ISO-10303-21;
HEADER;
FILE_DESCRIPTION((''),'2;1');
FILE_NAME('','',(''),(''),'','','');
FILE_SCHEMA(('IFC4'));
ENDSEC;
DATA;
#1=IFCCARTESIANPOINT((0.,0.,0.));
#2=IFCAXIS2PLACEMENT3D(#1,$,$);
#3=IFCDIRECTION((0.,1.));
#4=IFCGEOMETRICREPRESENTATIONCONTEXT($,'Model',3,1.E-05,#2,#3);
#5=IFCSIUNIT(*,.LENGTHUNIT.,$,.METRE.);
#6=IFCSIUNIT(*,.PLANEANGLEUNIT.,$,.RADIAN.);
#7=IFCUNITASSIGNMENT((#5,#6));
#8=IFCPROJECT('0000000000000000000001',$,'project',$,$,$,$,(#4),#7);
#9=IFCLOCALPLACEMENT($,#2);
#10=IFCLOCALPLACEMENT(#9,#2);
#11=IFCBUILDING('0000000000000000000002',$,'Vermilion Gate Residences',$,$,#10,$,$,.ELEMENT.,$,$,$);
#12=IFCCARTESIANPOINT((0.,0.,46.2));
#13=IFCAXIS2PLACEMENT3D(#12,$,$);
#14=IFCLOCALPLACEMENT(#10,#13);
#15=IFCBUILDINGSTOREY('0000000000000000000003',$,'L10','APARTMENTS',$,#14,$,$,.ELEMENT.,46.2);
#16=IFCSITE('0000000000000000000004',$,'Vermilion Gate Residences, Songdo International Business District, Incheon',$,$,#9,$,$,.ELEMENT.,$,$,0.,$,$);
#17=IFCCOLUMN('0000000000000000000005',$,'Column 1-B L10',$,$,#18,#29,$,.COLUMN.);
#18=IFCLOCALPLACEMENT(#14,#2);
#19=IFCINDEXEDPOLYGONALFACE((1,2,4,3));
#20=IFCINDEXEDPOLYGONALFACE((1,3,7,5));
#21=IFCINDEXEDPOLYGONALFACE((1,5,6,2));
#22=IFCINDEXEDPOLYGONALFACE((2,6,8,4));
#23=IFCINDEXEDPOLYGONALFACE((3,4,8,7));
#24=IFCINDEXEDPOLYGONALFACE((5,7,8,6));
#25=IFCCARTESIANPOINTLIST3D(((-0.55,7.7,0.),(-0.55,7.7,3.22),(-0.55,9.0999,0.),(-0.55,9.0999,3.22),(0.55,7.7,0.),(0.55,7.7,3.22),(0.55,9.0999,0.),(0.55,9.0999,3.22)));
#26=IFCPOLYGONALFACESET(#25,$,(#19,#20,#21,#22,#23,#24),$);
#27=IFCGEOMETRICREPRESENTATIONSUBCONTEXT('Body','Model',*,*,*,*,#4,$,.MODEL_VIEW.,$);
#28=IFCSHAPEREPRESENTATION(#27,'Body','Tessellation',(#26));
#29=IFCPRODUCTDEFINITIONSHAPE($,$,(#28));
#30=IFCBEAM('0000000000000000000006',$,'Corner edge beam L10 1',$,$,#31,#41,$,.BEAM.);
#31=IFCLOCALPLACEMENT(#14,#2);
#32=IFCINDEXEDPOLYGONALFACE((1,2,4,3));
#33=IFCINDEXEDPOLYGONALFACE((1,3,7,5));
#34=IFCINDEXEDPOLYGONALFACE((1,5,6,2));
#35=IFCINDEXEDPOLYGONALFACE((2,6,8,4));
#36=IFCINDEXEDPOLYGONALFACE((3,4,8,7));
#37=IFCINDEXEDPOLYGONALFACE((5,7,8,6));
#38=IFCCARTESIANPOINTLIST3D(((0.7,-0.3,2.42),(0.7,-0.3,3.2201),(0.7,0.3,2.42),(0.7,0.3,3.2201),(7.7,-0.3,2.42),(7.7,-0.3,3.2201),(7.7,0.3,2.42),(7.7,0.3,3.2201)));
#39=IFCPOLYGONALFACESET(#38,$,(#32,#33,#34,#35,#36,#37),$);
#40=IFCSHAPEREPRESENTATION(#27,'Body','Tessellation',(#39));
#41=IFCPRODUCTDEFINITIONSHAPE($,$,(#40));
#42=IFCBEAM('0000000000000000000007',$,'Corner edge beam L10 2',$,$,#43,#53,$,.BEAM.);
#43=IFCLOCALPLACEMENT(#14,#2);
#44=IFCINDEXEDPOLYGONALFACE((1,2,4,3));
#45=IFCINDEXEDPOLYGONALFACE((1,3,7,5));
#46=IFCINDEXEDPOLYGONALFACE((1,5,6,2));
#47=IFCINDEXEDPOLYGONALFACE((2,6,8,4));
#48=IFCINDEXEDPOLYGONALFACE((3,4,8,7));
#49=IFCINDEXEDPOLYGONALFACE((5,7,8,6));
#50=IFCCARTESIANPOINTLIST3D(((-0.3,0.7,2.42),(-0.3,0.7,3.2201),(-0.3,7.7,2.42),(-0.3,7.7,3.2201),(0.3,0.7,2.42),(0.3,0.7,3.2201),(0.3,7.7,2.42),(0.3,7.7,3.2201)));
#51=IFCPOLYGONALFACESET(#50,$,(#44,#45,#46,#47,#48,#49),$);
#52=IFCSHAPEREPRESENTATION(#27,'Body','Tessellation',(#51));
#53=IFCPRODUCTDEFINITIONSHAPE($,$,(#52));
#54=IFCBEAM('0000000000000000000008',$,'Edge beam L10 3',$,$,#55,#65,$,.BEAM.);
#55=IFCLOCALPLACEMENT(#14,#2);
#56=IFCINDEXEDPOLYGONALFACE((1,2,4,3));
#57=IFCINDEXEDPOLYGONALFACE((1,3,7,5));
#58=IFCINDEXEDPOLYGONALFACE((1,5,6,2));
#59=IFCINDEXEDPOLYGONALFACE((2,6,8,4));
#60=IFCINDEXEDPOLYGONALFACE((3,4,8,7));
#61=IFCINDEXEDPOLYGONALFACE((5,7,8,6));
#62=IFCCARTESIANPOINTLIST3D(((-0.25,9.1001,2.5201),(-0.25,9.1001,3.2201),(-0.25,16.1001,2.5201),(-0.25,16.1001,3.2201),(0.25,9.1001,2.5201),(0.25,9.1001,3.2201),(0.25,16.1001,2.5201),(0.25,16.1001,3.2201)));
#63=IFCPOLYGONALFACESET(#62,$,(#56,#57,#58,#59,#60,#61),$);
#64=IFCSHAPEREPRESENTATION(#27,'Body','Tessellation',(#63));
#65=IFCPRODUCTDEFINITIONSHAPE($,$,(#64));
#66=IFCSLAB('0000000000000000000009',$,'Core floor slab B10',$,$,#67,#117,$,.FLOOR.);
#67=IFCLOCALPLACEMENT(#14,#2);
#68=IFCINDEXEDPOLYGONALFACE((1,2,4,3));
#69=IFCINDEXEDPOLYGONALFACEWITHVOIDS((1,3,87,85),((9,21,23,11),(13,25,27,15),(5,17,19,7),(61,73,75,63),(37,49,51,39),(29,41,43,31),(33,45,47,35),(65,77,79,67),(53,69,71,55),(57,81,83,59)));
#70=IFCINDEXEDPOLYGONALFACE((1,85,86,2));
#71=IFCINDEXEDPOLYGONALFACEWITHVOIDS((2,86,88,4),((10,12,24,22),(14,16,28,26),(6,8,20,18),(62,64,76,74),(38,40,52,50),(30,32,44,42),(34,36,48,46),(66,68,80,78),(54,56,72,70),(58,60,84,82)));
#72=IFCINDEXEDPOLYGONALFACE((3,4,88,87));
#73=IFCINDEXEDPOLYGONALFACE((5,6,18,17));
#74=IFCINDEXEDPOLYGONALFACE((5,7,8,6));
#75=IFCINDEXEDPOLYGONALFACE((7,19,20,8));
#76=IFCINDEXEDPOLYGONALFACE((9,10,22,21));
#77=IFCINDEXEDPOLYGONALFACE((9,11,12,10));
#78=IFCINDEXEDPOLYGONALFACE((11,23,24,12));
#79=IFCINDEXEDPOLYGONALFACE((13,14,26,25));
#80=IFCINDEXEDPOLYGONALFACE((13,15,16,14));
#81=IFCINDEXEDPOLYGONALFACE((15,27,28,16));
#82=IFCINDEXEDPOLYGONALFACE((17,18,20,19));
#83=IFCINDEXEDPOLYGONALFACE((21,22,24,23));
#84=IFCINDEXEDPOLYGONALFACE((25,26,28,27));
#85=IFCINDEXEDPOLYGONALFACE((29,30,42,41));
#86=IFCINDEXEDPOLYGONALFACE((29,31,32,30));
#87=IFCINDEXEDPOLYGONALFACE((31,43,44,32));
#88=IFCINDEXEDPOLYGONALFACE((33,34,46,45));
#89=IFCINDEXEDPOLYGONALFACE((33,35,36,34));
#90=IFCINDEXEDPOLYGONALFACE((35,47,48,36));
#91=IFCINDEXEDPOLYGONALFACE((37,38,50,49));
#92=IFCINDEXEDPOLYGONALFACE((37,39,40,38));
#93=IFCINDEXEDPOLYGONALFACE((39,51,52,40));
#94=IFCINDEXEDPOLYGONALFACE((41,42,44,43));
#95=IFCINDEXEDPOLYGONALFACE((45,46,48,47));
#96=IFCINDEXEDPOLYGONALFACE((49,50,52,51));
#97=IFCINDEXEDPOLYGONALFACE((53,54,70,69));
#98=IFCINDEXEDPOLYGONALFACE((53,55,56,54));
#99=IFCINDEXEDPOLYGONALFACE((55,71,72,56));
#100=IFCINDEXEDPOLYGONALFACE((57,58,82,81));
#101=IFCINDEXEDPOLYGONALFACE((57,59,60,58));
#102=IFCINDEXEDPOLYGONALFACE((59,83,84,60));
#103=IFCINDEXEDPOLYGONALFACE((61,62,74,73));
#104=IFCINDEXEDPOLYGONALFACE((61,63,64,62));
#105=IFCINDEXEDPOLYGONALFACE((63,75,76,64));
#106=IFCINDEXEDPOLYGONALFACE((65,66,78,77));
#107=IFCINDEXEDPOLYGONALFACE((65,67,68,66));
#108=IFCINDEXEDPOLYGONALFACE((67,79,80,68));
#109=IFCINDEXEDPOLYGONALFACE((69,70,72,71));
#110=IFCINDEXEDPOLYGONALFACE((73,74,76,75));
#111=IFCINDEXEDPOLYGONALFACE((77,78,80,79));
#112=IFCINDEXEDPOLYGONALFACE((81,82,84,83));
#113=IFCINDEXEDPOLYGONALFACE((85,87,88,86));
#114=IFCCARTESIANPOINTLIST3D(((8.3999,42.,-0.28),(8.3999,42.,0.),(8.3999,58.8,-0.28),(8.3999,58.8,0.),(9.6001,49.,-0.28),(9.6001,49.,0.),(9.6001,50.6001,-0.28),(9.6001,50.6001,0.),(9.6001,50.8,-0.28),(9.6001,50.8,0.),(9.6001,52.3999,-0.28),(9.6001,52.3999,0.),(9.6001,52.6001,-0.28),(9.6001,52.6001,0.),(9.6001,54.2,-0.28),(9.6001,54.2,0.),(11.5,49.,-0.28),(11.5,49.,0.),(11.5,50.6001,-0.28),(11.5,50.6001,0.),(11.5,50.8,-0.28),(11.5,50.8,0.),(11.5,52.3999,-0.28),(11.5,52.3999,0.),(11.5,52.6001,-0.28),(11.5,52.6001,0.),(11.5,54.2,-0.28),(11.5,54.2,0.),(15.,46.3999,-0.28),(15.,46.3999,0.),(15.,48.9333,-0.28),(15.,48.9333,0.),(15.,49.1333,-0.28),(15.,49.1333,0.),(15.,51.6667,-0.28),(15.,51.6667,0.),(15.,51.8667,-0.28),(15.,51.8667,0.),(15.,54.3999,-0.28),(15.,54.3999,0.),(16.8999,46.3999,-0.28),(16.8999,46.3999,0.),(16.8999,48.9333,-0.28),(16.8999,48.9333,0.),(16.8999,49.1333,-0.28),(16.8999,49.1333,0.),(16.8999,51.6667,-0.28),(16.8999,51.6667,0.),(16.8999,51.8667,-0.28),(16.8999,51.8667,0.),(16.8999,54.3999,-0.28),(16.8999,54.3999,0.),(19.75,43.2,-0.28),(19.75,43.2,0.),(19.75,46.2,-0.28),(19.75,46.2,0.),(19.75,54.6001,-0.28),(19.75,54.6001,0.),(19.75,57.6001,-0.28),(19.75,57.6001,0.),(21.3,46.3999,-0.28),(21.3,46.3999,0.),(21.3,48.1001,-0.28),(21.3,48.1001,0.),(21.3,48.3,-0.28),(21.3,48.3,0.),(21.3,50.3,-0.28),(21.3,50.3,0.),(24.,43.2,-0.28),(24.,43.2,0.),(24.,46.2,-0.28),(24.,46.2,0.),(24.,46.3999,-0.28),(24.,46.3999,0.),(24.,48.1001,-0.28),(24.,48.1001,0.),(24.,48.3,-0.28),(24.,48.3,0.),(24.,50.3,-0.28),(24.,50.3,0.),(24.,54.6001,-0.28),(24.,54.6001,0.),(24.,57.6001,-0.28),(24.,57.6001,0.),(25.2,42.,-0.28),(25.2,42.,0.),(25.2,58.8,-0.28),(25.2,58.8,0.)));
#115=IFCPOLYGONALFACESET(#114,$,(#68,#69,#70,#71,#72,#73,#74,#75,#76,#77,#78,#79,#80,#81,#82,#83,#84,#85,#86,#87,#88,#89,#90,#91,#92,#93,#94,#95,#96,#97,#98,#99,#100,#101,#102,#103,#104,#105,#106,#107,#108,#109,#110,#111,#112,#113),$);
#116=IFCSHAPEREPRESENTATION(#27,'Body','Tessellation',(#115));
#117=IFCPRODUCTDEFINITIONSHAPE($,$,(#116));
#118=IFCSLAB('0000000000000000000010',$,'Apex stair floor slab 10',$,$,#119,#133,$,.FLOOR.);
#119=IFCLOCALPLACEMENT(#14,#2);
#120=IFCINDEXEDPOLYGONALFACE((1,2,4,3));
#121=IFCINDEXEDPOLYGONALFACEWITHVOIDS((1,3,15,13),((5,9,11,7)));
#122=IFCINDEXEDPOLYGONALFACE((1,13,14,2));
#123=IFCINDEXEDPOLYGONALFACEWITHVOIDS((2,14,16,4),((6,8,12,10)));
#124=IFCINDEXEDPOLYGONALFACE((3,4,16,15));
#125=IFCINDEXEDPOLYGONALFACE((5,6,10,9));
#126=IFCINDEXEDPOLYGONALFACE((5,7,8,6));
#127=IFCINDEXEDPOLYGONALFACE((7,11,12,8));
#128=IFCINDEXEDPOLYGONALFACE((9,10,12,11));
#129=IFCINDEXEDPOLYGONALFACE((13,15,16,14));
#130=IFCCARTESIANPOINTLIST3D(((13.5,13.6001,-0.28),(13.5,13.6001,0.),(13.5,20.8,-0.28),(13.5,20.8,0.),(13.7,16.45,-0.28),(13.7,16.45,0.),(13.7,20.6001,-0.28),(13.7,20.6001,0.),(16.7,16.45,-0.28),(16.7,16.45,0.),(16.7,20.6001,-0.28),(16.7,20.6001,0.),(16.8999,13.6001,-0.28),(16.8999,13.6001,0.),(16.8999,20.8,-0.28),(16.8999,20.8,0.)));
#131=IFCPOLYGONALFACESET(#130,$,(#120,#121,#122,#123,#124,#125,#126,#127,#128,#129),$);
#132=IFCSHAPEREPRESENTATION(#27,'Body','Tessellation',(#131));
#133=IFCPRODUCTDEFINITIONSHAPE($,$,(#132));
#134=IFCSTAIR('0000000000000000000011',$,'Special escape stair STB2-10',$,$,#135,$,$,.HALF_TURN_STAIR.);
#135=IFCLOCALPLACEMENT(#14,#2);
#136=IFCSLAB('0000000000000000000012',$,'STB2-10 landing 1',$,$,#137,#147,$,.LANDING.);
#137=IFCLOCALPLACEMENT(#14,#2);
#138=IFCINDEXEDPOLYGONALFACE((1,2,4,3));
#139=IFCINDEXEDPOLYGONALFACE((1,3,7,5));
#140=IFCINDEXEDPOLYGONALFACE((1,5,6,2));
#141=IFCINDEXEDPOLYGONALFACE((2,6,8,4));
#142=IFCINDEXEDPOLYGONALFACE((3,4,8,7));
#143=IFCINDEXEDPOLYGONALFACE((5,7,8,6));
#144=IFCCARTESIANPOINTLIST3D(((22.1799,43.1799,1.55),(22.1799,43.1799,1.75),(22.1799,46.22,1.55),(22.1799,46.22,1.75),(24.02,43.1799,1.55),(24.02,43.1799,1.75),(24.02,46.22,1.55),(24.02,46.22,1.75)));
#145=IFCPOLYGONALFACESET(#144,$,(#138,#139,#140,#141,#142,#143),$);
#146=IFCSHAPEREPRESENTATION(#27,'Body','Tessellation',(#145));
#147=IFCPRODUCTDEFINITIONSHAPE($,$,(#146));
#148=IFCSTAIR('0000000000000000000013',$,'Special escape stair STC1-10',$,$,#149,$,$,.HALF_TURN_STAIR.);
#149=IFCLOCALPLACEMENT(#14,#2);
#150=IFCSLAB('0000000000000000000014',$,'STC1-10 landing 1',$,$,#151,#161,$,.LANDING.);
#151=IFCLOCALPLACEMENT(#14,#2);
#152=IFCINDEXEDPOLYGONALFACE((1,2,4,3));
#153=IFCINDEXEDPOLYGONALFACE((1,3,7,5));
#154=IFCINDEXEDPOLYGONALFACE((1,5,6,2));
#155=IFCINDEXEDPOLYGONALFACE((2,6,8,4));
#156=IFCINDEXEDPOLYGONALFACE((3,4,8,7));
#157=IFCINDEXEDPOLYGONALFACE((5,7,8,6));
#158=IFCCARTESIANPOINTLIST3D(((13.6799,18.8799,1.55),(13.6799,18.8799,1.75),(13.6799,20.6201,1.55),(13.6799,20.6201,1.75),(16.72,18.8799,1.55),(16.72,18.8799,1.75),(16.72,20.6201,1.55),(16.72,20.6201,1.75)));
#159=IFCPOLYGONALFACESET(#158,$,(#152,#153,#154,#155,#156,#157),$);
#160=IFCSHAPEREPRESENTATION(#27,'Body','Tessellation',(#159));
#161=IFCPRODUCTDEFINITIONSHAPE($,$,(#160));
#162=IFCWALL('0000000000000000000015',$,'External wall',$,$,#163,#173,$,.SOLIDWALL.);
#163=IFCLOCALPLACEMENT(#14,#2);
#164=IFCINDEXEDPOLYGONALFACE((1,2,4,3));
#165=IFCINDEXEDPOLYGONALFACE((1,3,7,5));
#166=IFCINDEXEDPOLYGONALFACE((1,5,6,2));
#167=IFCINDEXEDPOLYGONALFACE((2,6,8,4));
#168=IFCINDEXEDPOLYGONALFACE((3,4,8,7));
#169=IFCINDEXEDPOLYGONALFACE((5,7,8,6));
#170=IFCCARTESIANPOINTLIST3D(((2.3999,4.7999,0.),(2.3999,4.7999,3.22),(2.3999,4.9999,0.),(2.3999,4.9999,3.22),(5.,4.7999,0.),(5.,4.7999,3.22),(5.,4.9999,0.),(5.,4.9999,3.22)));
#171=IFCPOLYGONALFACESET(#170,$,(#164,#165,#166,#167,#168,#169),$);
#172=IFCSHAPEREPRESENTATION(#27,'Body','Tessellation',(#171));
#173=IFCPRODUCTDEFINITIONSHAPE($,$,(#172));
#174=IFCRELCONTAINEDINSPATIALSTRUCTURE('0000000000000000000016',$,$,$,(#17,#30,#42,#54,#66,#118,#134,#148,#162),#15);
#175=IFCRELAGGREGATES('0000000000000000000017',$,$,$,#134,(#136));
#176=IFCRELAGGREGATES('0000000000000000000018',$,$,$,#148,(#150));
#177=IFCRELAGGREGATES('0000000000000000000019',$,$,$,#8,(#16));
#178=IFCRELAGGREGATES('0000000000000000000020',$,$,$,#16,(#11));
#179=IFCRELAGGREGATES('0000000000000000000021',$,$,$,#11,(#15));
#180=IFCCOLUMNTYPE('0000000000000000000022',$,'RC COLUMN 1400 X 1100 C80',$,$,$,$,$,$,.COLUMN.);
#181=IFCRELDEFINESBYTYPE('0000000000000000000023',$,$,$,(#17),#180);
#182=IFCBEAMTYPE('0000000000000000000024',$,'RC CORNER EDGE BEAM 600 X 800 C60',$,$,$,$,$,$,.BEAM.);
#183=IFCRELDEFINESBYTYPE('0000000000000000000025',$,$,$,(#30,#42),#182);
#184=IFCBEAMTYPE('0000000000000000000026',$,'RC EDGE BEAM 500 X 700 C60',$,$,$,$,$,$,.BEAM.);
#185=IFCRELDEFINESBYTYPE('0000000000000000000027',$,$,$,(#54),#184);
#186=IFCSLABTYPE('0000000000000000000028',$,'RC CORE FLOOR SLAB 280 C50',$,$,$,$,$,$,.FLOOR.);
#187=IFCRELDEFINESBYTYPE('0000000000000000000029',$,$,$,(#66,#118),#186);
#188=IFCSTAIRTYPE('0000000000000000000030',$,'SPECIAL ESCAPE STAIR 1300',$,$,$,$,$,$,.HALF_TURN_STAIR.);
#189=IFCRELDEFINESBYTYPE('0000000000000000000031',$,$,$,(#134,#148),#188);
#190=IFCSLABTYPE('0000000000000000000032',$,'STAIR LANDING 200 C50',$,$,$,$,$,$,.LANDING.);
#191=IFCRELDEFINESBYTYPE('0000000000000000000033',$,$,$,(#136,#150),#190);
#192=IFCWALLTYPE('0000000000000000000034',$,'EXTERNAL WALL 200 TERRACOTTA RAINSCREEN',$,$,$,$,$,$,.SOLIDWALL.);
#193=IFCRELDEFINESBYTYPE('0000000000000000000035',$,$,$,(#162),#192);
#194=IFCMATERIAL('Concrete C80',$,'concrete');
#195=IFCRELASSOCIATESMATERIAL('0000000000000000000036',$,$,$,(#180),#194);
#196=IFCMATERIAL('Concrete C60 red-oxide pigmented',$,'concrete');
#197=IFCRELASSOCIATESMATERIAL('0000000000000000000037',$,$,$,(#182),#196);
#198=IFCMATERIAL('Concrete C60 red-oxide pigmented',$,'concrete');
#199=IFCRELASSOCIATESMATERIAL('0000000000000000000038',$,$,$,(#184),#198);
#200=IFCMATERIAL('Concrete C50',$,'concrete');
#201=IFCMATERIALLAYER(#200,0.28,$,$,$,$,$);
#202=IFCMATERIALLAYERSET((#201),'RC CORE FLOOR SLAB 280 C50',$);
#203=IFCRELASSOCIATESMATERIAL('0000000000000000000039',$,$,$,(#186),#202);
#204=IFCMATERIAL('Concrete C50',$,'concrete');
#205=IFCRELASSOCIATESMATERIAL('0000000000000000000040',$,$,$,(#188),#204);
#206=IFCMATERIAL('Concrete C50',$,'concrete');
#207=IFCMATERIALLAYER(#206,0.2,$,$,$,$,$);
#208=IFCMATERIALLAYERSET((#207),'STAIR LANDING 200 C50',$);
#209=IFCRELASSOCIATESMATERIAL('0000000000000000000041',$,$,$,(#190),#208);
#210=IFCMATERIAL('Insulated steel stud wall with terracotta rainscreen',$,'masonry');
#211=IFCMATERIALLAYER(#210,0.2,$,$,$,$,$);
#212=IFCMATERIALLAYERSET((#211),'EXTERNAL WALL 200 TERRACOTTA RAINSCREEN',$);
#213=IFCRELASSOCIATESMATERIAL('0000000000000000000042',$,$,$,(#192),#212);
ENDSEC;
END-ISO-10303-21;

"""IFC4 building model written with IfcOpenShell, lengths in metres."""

from ifc_helpers import new_model, si_unit, direction, frame, frame_2d, origin, origin_2d, place, context, subcontext, project, spatial, polyline, rectangle, outline, extrude, material, layer, layer_set, material_profile, profile_set, type_object, element, aggregate, save


model = new_model("IFC4")

# Units and contexts
model_context = context("Model", 3, precision=1e-05, world=origin(), true_north=direction((0.0, 1.0)))
body_context = subcontext(model_context, "Body", "Model", "MODEL_VIEW")
ifc_project = project(units=[si_unit("LENGTHUNIT", "METRE"), si_unit("PLANEANGLEUNIT", "RADIAN")], contexts=[model_context])

# Site, building, storey
site_placement = place(None, origin())
site = spatial("IfcSite", under=ifc_project, at=site_placement, Name="Vermilion Gate Residences, Songdo International Business District, Incheon", CompositionType="ELEMENT", RefElevation=0.0)
building_placement = place(site_placement, origin())
building = spatial("IfcBuilding", under=site, at=building_placement, Name="Vermilion Gate Residences", CompositionType="ELEMENT")
storey_placement = place(building_placement, frame((0.0, 0.0, 46.2)))
storey = spatial("IfcBuildingStorey", under=building, at=storey_placement, Name="L10", Description="APARTMENTS", CompositionType="ELEMENT", Elevation=46.2)

# Column
ifc_material_1 = material(Name="Concrete C80", Category="concrete")
ifc_material_profile_1 = material_profile(ifc_material_1, rectangle(XDim=1.3999, YDim=1.1001, at=origin_2d()), Name="RC-1400x1100")
ifc_profile_set_1 = profile_set([ifc_material_profile_1], Name="Concrete C80")
column_type = type_object("IfcColumnType", Name="RC COLUMN 1400 X 1100 C80", PredefinedType="COLUMN", material=ifc_profile_set_1)
column_placement = place(storey_placement, frame((0.0, 8.3999, 0.0), z_axis=(0.0, 0.0, 1.0), x_axis=(0.0, 1.0, 0.0)))
element("IfcColumn", 1, at=column_placement, inside=storey, type_object=column_type, Name="Column 1-B L10", PredefinedType="COLUMN", context=body_context, shape_type="SweptSolid", body=[
    extrude(rectangle(XDim=1.3999, YDim=1.1001, at=origin_2d()), origin(), (0.0, 0.0, 1.0), 3.22),
])

# Beams
ifc_material_2 = material(Name="Concrete C60 red-oxide pigmented", Category="concrete")
ifc_material_profile_2 = material_profile(ifc_material_2, rectangle(XDim=0.6001, YDim=0.8, at=origin_2d()), Name="RC-600x800")
ifc_profile_set_2 = profile_set([ifc_material_profile_2], Name="Concrete C60 red-oxide pigmented")
beam_type_1 = type_object("IfcBeamType", Name="RC CORNER EDGE BEAM 600 X 800 C60", PredefinedType="BEAM", material=ifc_profile_set_2)
for number, where, z_axis, x_axis, name in (
    (2, (0.7, 0.0, 2.8201), (1.0, 0.0, 0.0), (0.0, 1.0, 0.0), "Corner edge beam L10 1"),
    (3, (0.0, 0.7, 2.8201), (0.0, 1.0, 0.0), (-1.0, 0.0, 0.0), "Corner edge beam L10 2"),
):
    element("IfcBeam", number, at=place(storey_placement, frame(where, z_axis=z_axis, x_axis=x_axis)), inside=storey, type_object=beam_type_1, Name=name, PredefinedType="BEAM", context=body_context, shape_type="SweptSolid", body=[
        extrude(rectangle(XDim=0.6001, YDim=0.8, at=origin_2d()), origin(), (0.0, 0.0, 1.0), 7.0),
    ])
ifc_material_3 = material(Name="Concrete C60 red-oxide pigmented", Category="concrete")
ifc_material_profile_3 = material_profile(ifc_material_3, rectangle(XDim=0.5, YDim=0.7, at=origin_2d()), Name="RC-500x700")
ifc_profile_set_3 = profile_set([ifc_material_profile_3], Name="Concrete C60 red-oxide pigmented")
beam_type_2 = type_object("IfcBeamType", Name="RC EDGE BEAM 500 X 700 C60", PredefinedType="BEAM", material=ifc_profile_set_3)
beam_placement = place(storey_placement, frame((0.0, 9.1001, 2.8701), z_axis=(0.0, 1.0, 0.0), x_axis=(-1.0, 0.0, 0.0)))
element("IfcBeam", 4, at=beam_placement, inside=storey, type_object=beam_type_2, Name="Edge beam L10 3", PredefinedType="BEAM", context=body_context, shape_type="SweptSolid", body=[
    extrude(rectangle(XDim=0.5, YDim=0.7, at=origin_2d()), origin(), (0.0, 0.0, 1.0), 7.0),
])

# Slabs
ifc_material_4 = material(Name="Concrete C50", Category="concrete")
ifc_layer_1 = layer(ifc_material_4, 0.28)
ifc_layer_set_1 = layer_set([ifc_layer_1], Name="RC CORE FLOOR SLAB 280 C50")
slab_type_1 = type_object("IfcSlabType", Name="RC CORE FLOOR SLAB 280 C50", PredefinedType="FLOOR", material=ifc_layer_set_1)
slab_1_placement = place(storey_placement, frame((0.0, 0.0, -0.28)))
element("IfcSlab", 5, at=slab_1_placement, inside=storey, type_object=slab_type_1, Name="Core floor slab B10", PredefinedType="FLOOR", context=body_context, shape_type="SweptSolid", body=[
    extrude(outline(polyline([(8.3999, 42.0), (25.2, 42.0), (25.2, 58.8), (8.3999, 58.8), (8.3999, 42.0)]), holes=[polyline([(19.75, 46.2), (24.0, 46.2), (24.0, 43.2), (19.75, 43.2), (19.75, 46.2)]), polyline([(21.3, 48.1001), (24.0, 48.1001), (24.0, 46.3999), (21.3, 46.3999), (21.3, 48.1001)]), polyline([(15.0, 48.9333), (16.8999, 48.9333), (16.8999, 46.3999), (15.0, 46.3999), (15.0, 48.9333)]), polyline([(24.0, 50.3), (24.0, 48.3), (21.3, 48.3), (21.3, 50.3), (24.0, 50.3)]), polyline([(11.5, 50.6001), (11.5, 49.0), (9.6001, 49.0), (9.6001, 50.6001), (11.5, 50.6001)]), polyline([(15.0, 51.6667), (16.8999, 51.6667), (16.8999, 49.1333), (15.0, 49.1333), (15.0, 51.6667)]), polyline([(9.6001, 52.3999), (11.5, 52.3999), (11.5, 50.8), (9.6001, 50.8), (9.6001, 52.3999)]), polyline([(15.0, 54.3999), (16.8999, 54.3999), (16.8999, 51.8667), (15.0, 51.8667), (15.0, 54.3999)]), polyline([(11.5, 54.2), (11.5, 52.6001), (9.6001, 52.6001), (9.6001, 54.2), (11.5, 54.2)]), polyline([(24.0, 57.6001), (24.0, 54.6001), (19.75, 54.6001), (19.75, 57.6001), (24.0, 57.6001)])]), origin(), (0.0, 0.0, 1.0), 0.28),
])
slab_2_placement = place(storey_placement, frame((0.0, 0.0, -0.28)))
element("IfcSlab", 6, at=slab_2_placement, inside=storey, type_object=slab_type_1, Name="Apex stair floor slab 10", PredefinedType="FLOOR", context=body_context, shape_type="SweptSolid", body=[
    extrude(outline(polyline([(13.5, 13.6001), (16.8999, 13.6001), (16.8999, 20.8), (13.5, 20.8), (13.5, 13.6001)]), holes=[polyline([(16.7, 20.6001), (16.7, 16.45), (13.7, 16.45), (13.7, 20.6001), (16.7, 20.6001)])]), origin(), (0.0, 0.0, 1.0), 0.28),
])

# Stairs, slabs
ifc_material_5 = material(Name="Concrete C50", Category="concrete")
stair_type = type_object("IfcStairType", Name="SPECIAL ESCAPE STAIR 1300", PredefinedType="HALF_TURN_STAIR", material=ifc_material_5)
stair_1_placement = place(storey_placement, origin())
stair_1 = element("IfcStair", 7, at=stair_1_placement, inside=storey, type_object=stair_type, Name="Special escape stair STB2-10", PredefinedType="HALF_TURN_STAIR")
ifc_material_6 = material(Name="Concrete C50", Category="concrete")
ifc_layer_2 = layer(ifc_material_6, 0.2)
ifc_layer_set_2 = layer_set([ifc_layer_2], Name="STAIR LANDING 200 C50")
slab_type_2 = type_object("IfcSlabType", Name="STAIR LANDING 200 C50", PredefinedType="LANDING", material=ifc_layer_set_2)
slab_3_placement = place(storey_placement, frame((0.0, 0.0, 1.55)))
slab_3 = element("IfcSlab", 8, at=slab_3_placement, type_object=slab_type_2, Name="STB2-10 landing 1", PredefinedType="LANDING", context=body_context, shape_type="SweptSolid", body=[
    extrude(outline(polyline([(24.02, 43.1799), (24.02, 46.22), (22.1799, 46.22), (22.1799, 43.1799), (24.02, 43.1799)])), origin(), (0.0, 0.0, 1.0), 0.2),
])
aggregate(stair_1, [slab_3])
stair_2_placement = place(storey_placement, origin())
stair_2 = element("IfcStair", 9, at=stair_2_placement, inside=storey, type_object=stair_type, Name="Special escape stair STC1-10", PredefinedType="HALF_TURN_STAIR")
slab_4_placement = place(storey_placement, frame((0.0, 0.0, 1.55)))
slab_4 = element("IfcSlab", 10, at=slab_4_placement, type_object=slab_type_2, Name="STC1-10 landing 1", PredefinedType="LANDING", context=body_context, shape_type="SweptSolid", body=[
    extrude(outline(polyline([(16.72, 18.8799), (16.72, 20.6201), (13.6799, 20.6201), (13.6799, 18.8799), (16.72, 18.8799)])), origin(), (0.0, 0.0, 1.0), 0.2),
])
aggregate(stair_2, [slab_4])

# Wall
ifc_material_7 = material(Name="Insulated steel stud wall with terracotta rainscreen", Category="masonry")
ifc_layer_3 = layer(ifc_material_7, 0.2)
ifc_layer_set_3 = layer_set([ifc_layer_3], Name="EXTERNAL WALL 200 TERRACOTTA RAINSCREEN")
wall_type = type_object("IfcWallType", Name="EXTERNAL WALL 200 TERRACOTTA RAINSCREEN", PredefinedType="SOLIDWALL", material=ifc_layer_set_3)
wall_1_placement = place(storey_placement, frame((2.3999, 4.8999, 0.0), z_axis=(0.0, 0.0, 1.0), x_axis=(1.0, 0.0, 0.0)))
element("IfcWall", 11, at=wall_1_placement, inside=storey, type_object=wall_type, Name="External wall", PredefinedType="SOLIDWALL", context=body_context, shape_type="SweptSolid", body=[
    extrude(rectangle(XDim=2.6001, YDim=0.2, at=frame_2d((1.3, 0.0))), origin(), (0.0, 0.0, 1.0), 3.22),
])

save(model, "model.ifc")
